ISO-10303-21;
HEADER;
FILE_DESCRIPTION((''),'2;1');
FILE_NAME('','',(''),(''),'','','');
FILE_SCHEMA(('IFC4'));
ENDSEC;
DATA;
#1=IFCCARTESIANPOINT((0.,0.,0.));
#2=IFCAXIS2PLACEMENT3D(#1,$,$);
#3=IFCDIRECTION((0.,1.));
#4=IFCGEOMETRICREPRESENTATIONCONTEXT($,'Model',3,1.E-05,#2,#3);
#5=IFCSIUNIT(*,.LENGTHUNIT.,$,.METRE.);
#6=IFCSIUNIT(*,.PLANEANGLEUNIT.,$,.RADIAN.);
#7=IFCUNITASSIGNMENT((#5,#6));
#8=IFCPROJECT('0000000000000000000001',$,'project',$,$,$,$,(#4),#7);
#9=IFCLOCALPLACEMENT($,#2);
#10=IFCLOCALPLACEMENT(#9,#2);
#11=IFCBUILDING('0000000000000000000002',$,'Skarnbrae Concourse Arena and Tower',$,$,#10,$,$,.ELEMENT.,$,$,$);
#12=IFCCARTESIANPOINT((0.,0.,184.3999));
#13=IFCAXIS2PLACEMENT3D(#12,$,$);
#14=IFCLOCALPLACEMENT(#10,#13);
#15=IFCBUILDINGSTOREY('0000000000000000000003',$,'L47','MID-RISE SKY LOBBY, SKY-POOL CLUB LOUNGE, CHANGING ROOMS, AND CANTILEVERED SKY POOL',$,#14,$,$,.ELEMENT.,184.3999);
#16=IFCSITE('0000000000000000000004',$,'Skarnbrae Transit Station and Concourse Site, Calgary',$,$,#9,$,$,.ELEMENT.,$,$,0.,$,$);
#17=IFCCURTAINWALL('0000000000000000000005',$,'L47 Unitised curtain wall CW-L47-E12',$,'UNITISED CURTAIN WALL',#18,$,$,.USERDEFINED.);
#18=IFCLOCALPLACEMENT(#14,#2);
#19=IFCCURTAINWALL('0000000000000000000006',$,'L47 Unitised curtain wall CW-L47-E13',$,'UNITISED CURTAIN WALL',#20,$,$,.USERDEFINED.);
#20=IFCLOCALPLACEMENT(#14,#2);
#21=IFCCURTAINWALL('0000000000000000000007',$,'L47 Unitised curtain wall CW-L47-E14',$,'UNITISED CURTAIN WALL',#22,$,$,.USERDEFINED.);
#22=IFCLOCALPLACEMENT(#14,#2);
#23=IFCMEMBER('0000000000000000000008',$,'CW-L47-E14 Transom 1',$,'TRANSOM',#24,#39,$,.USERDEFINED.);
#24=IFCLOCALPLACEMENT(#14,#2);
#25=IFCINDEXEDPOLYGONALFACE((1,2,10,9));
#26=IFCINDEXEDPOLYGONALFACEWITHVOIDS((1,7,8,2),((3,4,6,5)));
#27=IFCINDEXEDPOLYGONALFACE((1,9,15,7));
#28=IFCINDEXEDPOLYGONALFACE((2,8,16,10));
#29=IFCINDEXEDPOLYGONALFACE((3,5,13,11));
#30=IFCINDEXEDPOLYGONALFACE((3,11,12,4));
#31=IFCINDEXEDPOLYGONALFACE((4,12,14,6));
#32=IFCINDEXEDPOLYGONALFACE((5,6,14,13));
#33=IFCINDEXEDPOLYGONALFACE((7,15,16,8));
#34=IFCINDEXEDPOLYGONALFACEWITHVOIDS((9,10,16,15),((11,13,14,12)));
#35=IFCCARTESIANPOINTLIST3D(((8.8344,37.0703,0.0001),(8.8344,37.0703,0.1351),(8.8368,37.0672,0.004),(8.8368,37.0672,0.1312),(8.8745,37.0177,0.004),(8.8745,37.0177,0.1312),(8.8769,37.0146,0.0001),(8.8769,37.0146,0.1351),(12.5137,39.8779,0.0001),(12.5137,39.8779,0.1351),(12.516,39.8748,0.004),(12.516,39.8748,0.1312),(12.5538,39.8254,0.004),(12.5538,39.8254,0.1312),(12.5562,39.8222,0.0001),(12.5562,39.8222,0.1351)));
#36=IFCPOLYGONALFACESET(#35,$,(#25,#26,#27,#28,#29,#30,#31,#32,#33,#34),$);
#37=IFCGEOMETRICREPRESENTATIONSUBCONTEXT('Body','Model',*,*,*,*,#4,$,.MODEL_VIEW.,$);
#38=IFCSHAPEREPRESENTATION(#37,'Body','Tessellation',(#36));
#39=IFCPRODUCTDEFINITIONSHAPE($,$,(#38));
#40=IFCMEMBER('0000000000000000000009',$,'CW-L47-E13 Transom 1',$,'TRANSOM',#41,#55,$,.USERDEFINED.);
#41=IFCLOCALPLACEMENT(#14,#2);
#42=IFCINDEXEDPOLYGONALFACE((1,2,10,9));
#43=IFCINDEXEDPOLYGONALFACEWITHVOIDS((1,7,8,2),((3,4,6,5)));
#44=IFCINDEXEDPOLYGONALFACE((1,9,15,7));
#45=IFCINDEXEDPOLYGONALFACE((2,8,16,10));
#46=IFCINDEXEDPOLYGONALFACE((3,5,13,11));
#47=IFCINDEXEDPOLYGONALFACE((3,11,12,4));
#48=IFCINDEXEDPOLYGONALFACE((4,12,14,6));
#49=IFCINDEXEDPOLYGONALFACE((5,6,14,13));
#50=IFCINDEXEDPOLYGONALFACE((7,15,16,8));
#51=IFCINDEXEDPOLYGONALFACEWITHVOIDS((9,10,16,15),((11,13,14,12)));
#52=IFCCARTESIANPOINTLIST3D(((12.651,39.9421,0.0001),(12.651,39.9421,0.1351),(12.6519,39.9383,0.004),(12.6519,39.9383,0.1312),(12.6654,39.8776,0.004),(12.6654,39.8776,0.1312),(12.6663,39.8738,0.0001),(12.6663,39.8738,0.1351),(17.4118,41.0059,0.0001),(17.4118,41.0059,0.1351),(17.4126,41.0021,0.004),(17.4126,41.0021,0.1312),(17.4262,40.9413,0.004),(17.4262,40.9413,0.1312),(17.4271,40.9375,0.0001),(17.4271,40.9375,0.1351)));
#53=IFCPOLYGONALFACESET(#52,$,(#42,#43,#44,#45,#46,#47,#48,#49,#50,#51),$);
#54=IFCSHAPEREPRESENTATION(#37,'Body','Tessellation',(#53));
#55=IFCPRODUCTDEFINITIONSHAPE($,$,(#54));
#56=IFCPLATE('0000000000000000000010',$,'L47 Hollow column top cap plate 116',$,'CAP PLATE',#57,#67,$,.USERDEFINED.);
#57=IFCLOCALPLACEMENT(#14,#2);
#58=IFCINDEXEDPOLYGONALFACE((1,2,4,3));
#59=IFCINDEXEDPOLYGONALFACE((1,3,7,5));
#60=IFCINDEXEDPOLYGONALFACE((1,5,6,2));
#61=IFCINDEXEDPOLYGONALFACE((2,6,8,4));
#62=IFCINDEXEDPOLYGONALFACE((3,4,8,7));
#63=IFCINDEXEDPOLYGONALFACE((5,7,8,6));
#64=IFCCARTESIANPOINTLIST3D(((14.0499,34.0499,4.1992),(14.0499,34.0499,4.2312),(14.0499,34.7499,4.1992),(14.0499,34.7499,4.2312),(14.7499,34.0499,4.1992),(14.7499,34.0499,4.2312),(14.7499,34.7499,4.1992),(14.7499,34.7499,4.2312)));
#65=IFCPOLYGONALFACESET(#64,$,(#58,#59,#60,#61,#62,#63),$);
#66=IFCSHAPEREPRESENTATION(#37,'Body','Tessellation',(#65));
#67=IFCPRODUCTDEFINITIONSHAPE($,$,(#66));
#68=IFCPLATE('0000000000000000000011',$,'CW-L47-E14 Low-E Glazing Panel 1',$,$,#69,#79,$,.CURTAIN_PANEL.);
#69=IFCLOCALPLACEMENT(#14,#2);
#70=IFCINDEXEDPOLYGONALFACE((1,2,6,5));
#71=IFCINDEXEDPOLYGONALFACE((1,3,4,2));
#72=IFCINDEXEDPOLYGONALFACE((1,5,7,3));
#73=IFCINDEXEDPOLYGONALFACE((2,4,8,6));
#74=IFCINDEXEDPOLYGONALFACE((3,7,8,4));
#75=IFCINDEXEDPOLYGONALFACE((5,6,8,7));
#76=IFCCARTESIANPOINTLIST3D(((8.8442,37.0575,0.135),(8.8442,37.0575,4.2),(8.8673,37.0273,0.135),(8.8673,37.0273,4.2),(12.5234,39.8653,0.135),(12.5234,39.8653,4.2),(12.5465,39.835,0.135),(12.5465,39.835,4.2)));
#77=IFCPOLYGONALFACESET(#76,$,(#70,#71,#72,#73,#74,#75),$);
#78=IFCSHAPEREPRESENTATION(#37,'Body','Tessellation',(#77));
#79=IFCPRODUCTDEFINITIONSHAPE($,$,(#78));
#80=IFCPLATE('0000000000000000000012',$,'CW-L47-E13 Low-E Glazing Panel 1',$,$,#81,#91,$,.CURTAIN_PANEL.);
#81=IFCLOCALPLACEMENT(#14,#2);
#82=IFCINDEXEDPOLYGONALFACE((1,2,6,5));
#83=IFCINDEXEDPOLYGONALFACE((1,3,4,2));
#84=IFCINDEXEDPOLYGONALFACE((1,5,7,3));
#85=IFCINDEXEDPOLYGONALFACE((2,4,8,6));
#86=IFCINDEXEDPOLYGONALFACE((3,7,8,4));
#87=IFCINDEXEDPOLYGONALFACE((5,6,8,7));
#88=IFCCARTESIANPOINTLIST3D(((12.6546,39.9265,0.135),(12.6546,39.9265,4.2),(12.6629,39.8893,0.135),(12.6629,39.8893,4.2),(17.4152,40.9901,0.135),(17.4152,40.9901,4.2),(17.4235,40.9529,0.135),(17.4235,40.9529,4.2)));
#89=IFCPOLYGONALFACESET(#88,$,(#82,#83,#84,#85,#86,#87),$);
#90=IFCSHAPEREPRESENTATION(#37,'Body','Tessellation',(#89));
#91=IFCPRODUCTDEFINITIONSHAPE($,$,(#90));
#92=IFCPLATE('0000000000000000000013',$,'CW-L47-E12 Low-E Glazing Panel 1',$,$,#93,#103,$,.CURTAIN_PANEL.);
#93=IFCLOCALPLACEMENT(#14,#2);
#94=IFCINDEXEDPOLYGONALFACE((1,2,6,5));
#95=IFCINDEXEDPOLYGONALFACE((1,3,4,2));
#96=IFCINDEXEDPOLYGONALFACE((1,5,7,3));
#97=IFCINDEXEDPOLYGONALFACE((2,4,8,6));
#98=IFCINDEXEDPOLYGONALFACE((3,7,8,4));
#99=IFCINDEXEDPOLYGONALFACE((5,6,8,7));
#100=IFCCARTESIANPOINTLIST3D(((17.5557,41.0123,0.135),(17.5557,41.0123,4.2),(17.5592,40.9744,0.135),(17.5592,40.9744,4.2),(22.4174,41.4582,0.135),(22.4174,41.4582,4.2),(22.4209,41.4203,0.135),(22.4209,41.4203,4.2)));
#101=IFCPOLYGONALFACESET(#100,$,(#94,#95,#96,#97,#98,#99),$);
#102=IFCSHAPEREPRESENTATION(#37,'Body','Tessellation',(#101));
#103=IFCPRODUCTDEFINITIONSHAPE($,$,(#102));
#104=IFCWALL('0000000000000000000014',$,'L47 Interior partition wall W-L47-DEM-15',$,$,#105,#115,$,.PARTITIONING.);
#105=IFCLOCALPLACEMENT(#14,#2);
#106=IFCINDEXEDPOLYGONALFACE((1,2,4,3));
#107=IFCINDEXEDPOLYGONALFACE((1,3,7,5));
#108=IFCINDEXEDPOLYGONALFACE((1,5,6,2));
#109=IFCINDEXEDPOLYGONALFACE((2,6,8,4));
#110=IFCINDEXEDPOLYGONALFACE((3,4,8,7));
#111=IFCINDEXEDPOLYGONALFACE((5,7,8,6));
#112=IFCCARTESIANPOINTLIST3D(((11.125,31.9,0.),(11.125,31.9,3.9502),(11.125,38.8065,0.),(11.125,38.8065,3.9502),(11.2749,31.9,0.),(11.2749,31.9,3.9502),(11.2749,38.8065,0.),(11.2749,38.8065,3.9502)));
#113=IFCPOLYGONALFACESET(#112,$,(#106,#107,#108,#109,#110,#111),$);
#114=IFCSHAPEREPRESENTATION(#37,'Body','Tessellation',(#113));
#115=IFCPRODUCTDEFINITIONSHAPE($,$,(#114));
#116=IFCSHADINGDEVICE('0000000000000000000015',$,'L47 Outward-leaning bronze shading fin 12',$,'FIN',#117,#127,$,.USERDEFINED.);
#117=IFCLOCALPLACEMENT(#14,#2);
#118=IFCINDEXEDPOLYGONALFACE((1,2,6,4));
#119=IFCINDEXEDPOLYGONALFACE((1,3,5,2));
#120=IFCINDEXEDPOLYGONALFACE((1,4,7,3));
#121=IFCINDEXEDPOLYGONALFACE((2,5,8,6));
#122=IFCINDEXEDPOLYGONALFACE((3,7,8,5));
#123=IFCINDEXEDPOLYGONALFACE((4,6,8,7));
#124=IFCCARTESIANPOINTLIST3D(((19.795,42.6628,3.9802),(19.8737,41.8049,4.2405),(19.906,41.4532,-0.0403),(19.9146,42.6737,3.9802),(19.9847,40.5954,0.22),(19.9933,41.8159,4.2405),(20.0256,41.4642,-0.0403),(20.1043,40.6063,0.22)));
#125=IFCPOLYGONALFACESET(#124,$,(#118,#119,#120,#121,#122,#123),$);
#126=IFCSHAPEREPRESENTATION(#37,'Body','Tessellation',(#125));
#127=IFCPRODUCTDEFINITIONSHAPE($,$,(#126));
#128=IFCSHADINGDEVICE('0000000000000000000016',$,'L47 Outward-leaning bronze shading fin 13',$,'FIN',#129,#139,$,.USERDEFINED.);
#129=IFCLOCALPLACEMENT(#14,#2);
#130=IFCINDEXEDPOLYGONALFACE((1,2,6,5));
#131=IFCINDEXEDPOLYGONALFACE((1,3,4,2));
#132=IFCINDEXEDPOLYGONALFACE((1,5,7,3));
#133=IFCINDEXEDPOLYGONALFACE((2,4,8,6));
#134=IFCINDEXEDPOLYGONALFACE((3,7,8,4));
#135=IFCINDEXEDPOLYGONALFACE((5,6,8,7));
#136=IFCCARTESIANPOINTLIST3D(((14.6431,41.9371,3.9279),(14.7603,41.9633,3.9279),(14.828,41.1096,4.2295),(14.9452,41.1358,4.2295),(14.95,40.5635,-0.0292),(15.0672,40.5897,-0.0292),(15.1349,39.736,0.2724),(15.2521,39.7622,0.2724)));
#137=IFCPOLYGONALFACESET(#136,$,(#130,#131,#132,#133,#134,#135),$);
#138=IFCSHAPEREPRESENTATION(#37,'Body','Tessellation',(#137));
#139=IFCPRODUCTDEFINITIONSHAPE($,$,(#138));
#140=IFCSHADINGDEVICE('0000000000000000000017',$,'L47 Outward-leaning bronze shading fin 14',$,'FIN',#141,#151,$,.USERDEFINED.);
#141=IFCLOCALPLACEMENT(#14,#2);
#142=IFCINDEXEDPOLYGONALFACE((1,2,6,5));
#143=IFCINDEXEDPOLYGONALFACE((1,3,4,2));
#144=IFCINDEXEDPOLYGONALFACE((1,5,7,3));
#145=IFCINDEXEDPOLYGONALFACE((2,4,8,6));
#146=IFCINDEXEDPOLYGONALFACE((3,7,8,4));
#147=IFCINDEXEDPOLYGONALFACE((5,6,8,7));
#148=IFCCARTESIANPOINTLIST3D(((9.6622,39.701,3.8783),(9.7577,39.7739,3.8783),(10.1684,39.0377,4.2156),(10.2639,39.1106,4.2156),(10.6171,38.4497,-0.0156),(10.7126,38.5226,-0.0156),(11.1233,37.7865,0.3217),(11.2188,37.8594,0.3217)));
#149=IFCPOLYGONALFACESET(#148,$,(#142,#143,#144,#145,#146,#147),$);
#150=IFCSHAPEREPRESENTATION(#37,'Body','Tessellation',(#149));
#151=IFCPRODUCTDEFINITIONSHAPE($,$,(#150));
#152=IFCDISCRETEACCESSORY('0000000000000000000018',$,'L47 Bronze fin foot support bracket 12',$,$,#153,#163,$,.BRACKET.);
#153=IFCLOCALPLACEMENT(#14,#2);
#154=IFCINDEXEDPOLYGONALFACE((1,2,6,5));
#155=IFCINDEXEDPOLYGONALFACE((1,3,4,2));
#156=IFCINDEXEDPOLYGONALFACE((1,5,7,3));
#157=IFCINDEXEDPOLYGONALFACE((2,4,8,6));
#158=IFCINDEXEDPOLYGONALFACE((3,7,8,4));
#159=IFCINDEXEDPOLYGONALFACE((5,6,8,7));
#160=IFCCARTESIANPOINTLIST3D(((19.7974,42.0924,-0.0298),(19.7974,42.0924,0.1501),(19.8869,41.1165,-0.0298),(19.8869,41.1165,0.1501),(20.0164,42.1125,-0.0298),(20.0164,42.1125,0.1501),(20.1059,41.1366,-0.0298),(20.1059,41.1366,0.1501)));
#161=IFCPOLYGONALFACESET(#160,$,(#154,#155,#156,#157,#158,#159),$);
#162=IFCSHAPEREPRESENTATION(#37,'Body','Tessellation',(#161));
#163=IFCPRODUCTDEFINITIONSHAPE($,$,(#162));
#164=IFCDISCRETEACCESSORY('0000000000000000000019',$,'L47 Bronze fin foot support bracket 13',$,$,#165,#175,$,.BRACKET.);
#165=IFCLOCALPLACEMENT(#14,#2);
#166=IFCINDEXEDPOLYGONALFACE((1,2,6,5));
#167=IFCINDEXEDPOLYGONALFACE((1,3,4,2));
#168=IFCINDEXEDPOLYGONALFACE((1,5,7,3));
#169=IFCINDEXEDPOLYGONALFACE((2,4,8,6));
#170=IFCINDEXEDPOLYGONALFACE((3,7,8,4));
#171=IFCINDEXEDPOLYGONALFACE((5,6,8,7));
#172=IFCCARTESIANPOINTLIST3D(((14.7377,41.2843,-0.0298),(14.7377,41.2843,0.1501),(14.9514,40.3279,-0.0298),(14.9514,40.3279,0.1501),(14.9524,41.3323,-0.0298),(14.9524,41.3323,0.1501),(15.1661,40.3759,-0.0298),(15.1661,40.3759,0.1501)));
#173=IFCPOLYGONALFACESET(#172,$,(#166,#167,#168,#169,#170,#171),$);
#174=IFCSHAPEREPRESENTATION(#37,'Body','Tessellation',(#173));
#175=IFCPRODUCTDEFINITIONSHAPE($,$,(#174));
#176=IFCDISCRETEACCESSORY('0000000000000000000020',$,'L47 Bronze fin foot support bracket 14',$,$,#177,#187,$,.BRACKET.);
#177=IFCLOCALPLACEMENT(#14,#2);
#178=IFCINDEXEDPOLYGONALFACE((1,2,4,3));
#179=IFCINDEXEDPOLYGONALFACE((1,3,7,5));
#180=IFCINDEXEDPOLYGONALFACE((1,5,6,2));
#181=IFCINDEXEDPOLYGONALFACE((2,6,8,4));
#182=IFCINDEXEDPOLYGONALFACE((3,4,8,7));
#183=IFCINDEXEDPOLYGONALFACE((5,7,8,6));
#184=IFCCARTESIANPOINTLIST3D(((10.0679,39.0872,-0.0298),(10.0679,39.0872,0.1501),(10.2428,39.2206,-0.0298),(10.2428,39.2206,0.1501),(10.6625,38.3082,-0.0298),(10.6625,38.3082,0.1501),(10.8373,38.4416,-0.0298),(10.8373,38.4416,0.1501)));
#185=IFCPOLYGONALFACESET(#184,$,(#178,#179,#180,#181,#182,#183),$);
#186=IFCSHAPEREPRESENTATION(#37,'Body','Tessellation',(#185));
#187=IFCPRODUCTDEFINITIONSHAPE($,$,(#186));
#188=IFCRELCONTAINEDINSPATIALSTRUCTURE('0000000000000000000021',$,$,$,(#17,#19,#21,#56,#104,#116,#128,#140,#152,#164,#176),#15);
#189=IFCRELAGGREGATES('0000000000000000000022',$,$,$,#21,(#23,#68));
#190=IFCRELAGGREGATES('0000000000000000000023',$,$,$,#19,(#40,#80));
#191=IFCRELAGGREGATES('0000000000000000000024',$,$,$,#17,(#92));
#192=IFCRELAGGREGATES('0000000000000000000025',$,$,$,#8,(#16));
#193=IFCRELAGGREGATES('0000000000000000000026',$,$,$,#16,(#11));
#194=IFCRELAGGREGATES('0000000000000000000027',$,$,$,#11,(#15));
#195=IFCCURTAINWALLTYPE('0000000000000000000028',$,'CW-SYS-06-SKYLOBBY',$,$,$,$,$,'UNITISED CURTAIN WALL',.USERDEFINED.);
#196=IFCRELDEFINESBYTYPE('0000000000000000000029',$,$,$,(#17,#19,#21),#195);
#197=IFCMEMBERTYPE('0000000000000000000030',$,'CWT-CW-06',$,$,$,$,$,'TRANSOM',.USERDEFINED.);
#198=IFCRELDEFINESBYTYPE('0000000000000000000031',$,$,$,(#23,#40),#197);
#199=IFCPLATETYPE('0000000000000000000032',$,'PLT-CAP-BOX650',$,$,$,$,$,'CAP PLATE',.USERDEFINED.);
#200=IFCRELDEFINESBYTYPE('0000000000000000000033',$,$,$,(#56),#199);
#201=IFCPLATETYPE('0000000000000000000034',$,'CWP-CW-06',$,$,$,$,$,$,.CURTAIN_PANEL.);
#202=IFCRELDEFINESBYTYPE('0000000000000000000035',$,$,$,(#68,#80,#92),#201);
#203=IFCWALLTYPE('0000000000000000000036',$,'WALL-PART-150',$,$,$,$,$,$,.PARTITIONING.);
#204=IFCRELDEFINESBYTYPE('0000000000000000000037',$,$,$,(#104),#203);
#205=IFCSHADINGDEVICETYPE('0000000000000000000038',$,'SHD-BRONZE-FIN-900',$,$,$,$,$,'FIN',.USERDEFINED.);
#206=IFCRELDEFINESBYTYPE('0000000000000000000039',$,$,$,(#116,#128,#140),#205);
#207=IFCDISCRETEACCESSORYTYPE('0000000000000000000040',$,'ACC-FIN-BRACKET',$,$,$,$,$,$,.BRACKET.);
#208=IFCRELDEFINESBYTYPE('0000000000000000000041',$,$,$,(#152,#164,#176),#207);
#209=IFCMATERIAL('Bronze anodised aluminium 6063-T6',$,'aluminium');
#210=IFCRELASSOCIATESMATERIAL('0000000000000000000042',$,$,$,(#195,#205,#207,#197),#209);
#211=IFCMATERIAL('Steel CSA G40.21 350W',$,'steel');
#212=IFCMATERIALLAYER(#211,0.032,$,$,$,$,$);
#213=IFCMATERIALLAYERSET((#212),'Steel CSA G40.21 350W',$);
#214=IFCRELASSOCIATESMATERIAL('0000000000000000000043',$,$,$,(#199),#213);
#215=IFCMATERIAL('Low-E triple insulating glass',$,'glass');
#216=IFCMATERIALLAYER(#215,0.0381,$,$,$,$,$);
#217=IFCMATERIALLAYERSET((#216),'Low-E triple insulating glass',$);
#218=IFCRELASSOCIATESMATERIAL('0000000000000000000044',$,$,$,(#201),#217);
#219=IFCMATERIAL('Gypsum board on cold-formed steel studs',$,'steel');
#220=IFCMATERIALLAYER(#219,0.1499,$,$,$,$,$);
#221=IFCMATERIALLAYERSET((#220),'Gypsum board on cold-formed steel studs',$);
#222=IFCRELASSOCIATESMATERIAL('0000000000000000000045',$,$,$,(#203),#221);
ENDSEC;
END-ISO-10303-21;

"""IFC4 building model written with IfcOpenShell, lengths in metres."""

from ifc_helpers import new_model, si_unit, direction, frame, frame_2d, origin, origin_2d, place, context, subcontext, project, spatial, rectangle, hollow_rectangle, extrude, source, transform, mapped, material, layer, layer_set, material_profile, profile_set, type_object, element, aggregate, save


model = new_model("IFC4")

# Units and contexts
model_context = context("Model", 3, precision=1e-05, world=origin(), true_north=direction((0.0, 1.0)))
body_context = subcontext(model_context, "Body", "Model", "MODEL_VIEW")
ifc_project = project(units=[si_unit("LENGTHUNIT", "METRE"), si_unit("PLANEANGLEUNIT", "RADIAN")], contexts=[model_context])

# Site, building, storey
site_placement = place(None, origin())
site = spatial("IfcSite", under=ifc_project, at=site_placement, Name="Skarnbrae Transit Station and Concourse Site, Calgary", CompositionType="ELEMENT", RefElevation=0.0)
building_placement = place(site_placement, origin())
building = spatial("IfcBuilding", under=site, at=building_placement, Name="Skarnbrae Concourse Arena and Tower", CompositionType="ELEMENT")
storey_placement = place(building_placement, frame((0.0, 0.0, 184.3999)))
storey = spatial("IfcBuildingStorey", under=building, at=storey_placement, Name="L47", Description="MID-RISE SKY LOBBY, SKY-POOL CLUB LOUNGE, CHANGING ROOMS, AND CANTILEVERED SKY POOL", CompositionType="ELEMENT", Elevation=184.3999)

# Shared definitions
ifc_material_1 = material(Name="Steel CSA G40.21 350W", Category="steel")

# Curtain wall
ifc_material_2 = material(Name="Bronze anodised aluminium 6063-T6", Category="aluminium")
curtain_wall_type = type_object("IfcCurtainWallType", Name="CW-SYS-06-SKYLOBBY", ElementType="UNITISED CURTAIN WALL", PredefinedType="USERDEFINED", material=ifc_material_2)
curtain_wall_1_placement = place(storey_placement, origin())
curtain_wall_1 = element("IfcCurtainWall", 1, at=curtain_wall_1_placement, inside=storey, type_object=curtain_wall_type, Name="L47 Unitised curtain wall CW-L47-E12", ObjectType="UNITISED CURTAIN WALL", PredefinedType="USERDEFINED")

# Curtain walls
curtain_wall_2_placement = place(storey_placement, origin())
curtain_wall_2 = element("IfcCurtainWall", 2, at=curtain_wall_2_placement, inside=storey, type_object=curtain_wall_type, Name="L47 Unitised curtain wall CW-L47-E13", ObjectType="UNITISED CURTAIN WALL", PredefinedType="USERDEFINED")
curtain_wall_3_placement = place(storey_placement, origin())
curtain_wall_3 = element("IfcCurtainWall", 3, at=curtain_wall_3_placement, inside=storey, type_object=curtain_wall_type, Name="L47 Unitised curtain wall CW-L47-E14", ObjectType="UNITISED CURTAIN WALL", PredefinedType="USERDEFINED")

# Members
ifc_material_profile_1 = material_profile(ifc_material_2, hollow_rectangle(XDim=0.0701, YDim=0.135, WallThickness=0.0039, at=origin_2d()), Name="ALU-TRAN-70X135")
ifc_profile_set_1 = profile_set([ifc_material_profile_1], Name="Bronze anodised aluminium 6063-T6")
member_type_1 = type_object("IfcMemberType", Name="CWT-CW-06", ElementType="TRANSOM", PredefinedType="USERDEFINED", material=ifc_profile_set_1)
shared_shape_1 = source(origin(), body_context, "Body", "SweptSolid", [
    extrude(hollow_rectangle(XDim=0.0701, YDim=0.135, WallThickness=0.0039, at=origin_2d()), origin(), (0.0, 0.0, 1.0), 4.6282),
])
member_1_placement = place(storey_placement, frame((12.5349, 39.8501, 0.0676), z_axis=(-0.794971, -0.606647, 0.0), x_axis=(0.606647, -0.794971, 0.0)))
member_1 = element("IfcMember", 4, at=member_1_placement, type_object=member_type_1, Name="CW-L47-E14 Transom 1", ObjectType="TRANSOM", PredefinedType="USERDEFINED", context=body_context, shape_type="MappedRepresentation", body=[
    mapped(shared_shape_1, transform((0.0, 0.0, 0.0))),
])
shared_shape_2 = source(origin(), body_context, "Body", "SweptSolid", [
    extrude(hollow_rectangle(XDim=0.0701, YDim=0.135, WallThickness=0.0039, at=origin_2d()), origin(), (0.0, 0.0, 1.0), 4.8782),
])
member_2_placement = place(storey_placement, frame((17.4194, 40.9717, 0.0676), z_axis=(-0.975936, -0.218059, 0.0), x_axis=(0.218059, -0.975936, 0.0)))
member_2 = element("IfcMember", 5, at=member_2_placement, type_object=member_type_1, Name="CW-L47-E13 Transom 1", ObjectType="TRANSOM", PredefinedType="USERDEFINED", context=body_context, shape_type="MappedRepresentation", body=[
    mapped(shared_shape_2, transform((0.0, 0.0, 0.0))),
])

# Plates
ifc_layer_1 = layer(ifc_material_1, 0.032)
ifc_layer_set_1 = layer_set([ifc_layer_1], Name="Steel CSA G40.21 350W")
plate_type_1 = type_object("IfcPlateType", Name="PLT-CAP-BOX650", ElementType="CAP PLATE", PredefinedType="USERDEFINED", material=ifc_layer_set_1)
shared_shape_3 = source(origin(), body_context, "Body", "SweptSolid", [
    extrude(rectangle(XDim=0.7, YDim=0.7, at=origin_2d()), origin(), (0.0, 0.0, 1.0), 0.032),
])
plate_1_placement = place(storey_placement, frame((14.3999, 34.3999, 4.1992), z_axis=(0.0, 0.0, 1.0), x_axis=(1.0, 0.0, 0.0)))
element("IfcPlate", 6, at=plate_1_placement, inside=storey, type_object=plate_type_1, Name="L47 Hollow column top cap plate 116", ObjectType="CAP PLATE", PredefinedType="USERDEFINED", context=body_context, shape_type="MappedRepresentation", body=[
    mapped(shared_shape_3, transform((0.0, 0.0, 0.0))),
])
ifc_material_3 = material(Name="Low-E triple insulating glass", Category="glass")
ifc_layer_2 = layer(ifc_material_3, 0.0381)
ifc_layer_set_2 = layer_set([ifc_layer_2], Name="Low-E triple insulating glass")
plate_type_2 = type_object("IfcPlateType", Name="CWP-CW-06", PredefinedType="CURTAIN_PANEL", material=ifc_layer_set_2)
shared_shape_4 = source(origin(), body_context, "Body", "SweptSolid", [
    extrude(rectangle(XDim=4.6282, YDim=0.0381, at=origin_2d()), origin(), (0.0, 0.0, 1.0), 4.0649),
])
plate_2_placement = place(storey_placement, frame((10.6953, 38.4463, 0.135), z_axis=(0.0, 0.0, 1.0), x_axis=(-0.794956, -0.606667, 0.0)))
plate_2 = element("IfcPlate", 7, at=plate_2_placement, type_object=plate_type_2, Name="CW-L47-E14 Low-E Glazing Panel 1", PredefinedType="CURTAIN_PANEL", context=body_context, shape_type="MappedRepresentation", body=[
    mapped(shared_shape_4, transform((0.0, 0.0, 0.0))),
])
aggregate(curtain_wall_3, [member_1, plate_2])
shared_shape_5 = source(origin(), body_context, "Body", "SweptSolid", [
    extrude(rectangle(XDim=4.8779, YDim=0.0381, at=origin_2d()), origin(), (0.0, 0.0, 1.0), 4.0649),
])
plate_3_placement = place(storey_placement, frame((15.0391, 40.4397, 0.135), z_axis=(0.0, 0.0, 1.0), x_axis=(-0.975936, -0.218056, 0.0)))
plate_3 = element("IfcPlate", 8, at=plate_3_placement, type_object=plate_type_2, Name="CW-L47-E13 Low-E Glazing Panel 1", PredefinedType="CURTAIN_PANEL", context=body_context, shape_type="MappedRepresentation", body=[
    mapped(shared_shape_5, transform((0.0, 0.0, 0.0))),
])
aggregate(curtain_wall_2, [member_2, plate_3])
shared_shape_6 = source(origin(), body_context, "Body", "SweptSolid", [
    extrude(rectangle(XDim=4.8821, YDim=0.0381, at=origin_2d()), origin(), (0.0, 0.0, 1.0), 4.0649),
])
plate_4_placement = place(storey_placement, frame((19.9883, 41.2163, 0.135), z_axis=(0.0, 0.0, 1.0), x_axis=(-0.99582, -0.091338, 0.0)))
plate_4 = element("IfcPlate", 9, at=plate_4_placement, type_object=plate_type_2, Name="CW-L47-E12 Low-E Glazing Panel 1", PredefinedType="CURTAIN_PANEL", context=body_context, shape_type="MappedRepresentation", body=[
    mapped(shared_shape_6, transform((0.0, 0.0, 0.0))),
])
aggregate(curtain_wall_1, [plate_4])

# Wall
ifc_material_4 = material(Name="Gypsum board on cold-formed steel studs", Category="steel")
ifc_layer_3 = layer(ifc_material_4, 0.1499)
ifc_layer_set_3 = layer_set([ifc_layer_3], Name="Gypsum board on cold-formed steel studs")
wall_type = type_object("IfcWallType", Name="WALL-PART-150", PredefinedType="PARTITIONING", material=ifc_layer_set_3)
shared_shape_7 = source(origin(), body_context, "Body", "SweptSolid", [
    extrude(rectangle(XDim=6.9065, YDim=0.1499, at=frame_2d((3.4531, 0.0))), origin(), (0.0, 0.0, 1.0), 3.9502),
])
wall_placement = place(storey_placement, frame((11.2, 38.8064, 0.0), z_axis=(0.0, 0.0, 1.0), x_axis=(0.0, -1.0, 0.0)))
element("IfcWall", 10, at=wall_placement, inside=storey, type_object=wall_type, Name="L47 Interior partition wall W-L47-DEM-15", PredefinedType="PARTITIONING", context=body_context, shape_type="MappedRepresentation", body=[
    mapped(shared_shape_7, transform((0.0, 0.0, 0.0))),
])

# Shading devices
shading_device_type = type_object("IfcShadingDeviceType", Name="SHD-BRONZE-FIN-900", ElementType="FIN", PredefinedType="USERDEFINED", material=ifc_material_2)
shared_shape_8 = source(origin(), body_context, "Body", "SweptSolid", [
    extrude(rectangle(XDim=0.1201, YDim=0.8999, at=origin_2d()), origin(), (0.0, 0.0, 1.0), 4.2),
])
for number, where, z_axis, x_axis, name in (
    (11, (20.0051, 41.0298, 0.0898), (-0.026417, 0.28799, 0.957269), (0.995819, 0.091345, 0.0), "L47 Outward-leaning bronze shading fin 12"),
    (12, (15.1011, 40.1628, 0.1216), (-0.073076, 0.327058, 0.942174), (0.975936, 0.218058, 0.0), "L47 Outward-leaning bronze shading fin 13"),
    (13, (10.918, 38.1545, 0.1531), (-0.22736, 0.297924, 0.927118), (0.794955, 0.606668, 0.0), "L47 Outward-leaning bronze shading fin 14"),
):
    element("IfcShadingDevice", number, at=place(storey_placement, frame(where, z_axis=z_axis, x_axis=x_axis)), inside=storey, type_object=shading_device_type, Name=name, ObjectType="FIN", PredefinedType="USERDEFINED", context=body_context, shape_type="MappedRepresentation", body=[
        mapped(shared_shape_8, transform((0.0, 0.0, 0.0))),
    ])

# Discrete accessories
discrete_accessory_type = type_object("IfcDiscreteAccessoryType", Name="ACC-FIN-BRACKET", PredefinedType="BRACKET", material=ifc_material_2)
shared_shape_9 = source(origin(), body_context, "Body", "SweptSolid", [
    extrude(rectangle(XDim=0.22, YDim=0.98, at=origin_2d()), origin(), (0.0, 0.0, 1.0), 0.1799),
])
for number, where, z_axis, x_axis, name in (
    (14, (19.9517, 41.6145, -0.0298), (0.0, 0.0, 1.0), (0.995819, 0.091345, 0.0), "L47 Bronze fin foot support bracket 12"),
    (15, (14.9519, 40.8301, -0.0298), (0.0, 0.0, 1.0), (0.975936, 0.218058, 0.0), "L47 Bronze fin foot support bracket 13"),
    (16, (10.4526, 38.7644, -0.0298), (0.0, 0.0, 1.0), (0.794955, 0.606668, 0.0), "L47 Bronze fin foot support bracket 14"),
):
    element("IfcDiscreteAccessory", number, at=place(storey_placement, frame(where, z_axis=z_axis, x_axis=x_axis)), inside=storey, type_object=discrete_accessory_type, Name=name, PredefinedType="BRACKET", context=body_context, shape_type="MappedRepresentation", body=[
        mapped(shared_shape_9, transform((0.0, 0.0, 0.0))),
    ])

save(model, "model.ifc")
